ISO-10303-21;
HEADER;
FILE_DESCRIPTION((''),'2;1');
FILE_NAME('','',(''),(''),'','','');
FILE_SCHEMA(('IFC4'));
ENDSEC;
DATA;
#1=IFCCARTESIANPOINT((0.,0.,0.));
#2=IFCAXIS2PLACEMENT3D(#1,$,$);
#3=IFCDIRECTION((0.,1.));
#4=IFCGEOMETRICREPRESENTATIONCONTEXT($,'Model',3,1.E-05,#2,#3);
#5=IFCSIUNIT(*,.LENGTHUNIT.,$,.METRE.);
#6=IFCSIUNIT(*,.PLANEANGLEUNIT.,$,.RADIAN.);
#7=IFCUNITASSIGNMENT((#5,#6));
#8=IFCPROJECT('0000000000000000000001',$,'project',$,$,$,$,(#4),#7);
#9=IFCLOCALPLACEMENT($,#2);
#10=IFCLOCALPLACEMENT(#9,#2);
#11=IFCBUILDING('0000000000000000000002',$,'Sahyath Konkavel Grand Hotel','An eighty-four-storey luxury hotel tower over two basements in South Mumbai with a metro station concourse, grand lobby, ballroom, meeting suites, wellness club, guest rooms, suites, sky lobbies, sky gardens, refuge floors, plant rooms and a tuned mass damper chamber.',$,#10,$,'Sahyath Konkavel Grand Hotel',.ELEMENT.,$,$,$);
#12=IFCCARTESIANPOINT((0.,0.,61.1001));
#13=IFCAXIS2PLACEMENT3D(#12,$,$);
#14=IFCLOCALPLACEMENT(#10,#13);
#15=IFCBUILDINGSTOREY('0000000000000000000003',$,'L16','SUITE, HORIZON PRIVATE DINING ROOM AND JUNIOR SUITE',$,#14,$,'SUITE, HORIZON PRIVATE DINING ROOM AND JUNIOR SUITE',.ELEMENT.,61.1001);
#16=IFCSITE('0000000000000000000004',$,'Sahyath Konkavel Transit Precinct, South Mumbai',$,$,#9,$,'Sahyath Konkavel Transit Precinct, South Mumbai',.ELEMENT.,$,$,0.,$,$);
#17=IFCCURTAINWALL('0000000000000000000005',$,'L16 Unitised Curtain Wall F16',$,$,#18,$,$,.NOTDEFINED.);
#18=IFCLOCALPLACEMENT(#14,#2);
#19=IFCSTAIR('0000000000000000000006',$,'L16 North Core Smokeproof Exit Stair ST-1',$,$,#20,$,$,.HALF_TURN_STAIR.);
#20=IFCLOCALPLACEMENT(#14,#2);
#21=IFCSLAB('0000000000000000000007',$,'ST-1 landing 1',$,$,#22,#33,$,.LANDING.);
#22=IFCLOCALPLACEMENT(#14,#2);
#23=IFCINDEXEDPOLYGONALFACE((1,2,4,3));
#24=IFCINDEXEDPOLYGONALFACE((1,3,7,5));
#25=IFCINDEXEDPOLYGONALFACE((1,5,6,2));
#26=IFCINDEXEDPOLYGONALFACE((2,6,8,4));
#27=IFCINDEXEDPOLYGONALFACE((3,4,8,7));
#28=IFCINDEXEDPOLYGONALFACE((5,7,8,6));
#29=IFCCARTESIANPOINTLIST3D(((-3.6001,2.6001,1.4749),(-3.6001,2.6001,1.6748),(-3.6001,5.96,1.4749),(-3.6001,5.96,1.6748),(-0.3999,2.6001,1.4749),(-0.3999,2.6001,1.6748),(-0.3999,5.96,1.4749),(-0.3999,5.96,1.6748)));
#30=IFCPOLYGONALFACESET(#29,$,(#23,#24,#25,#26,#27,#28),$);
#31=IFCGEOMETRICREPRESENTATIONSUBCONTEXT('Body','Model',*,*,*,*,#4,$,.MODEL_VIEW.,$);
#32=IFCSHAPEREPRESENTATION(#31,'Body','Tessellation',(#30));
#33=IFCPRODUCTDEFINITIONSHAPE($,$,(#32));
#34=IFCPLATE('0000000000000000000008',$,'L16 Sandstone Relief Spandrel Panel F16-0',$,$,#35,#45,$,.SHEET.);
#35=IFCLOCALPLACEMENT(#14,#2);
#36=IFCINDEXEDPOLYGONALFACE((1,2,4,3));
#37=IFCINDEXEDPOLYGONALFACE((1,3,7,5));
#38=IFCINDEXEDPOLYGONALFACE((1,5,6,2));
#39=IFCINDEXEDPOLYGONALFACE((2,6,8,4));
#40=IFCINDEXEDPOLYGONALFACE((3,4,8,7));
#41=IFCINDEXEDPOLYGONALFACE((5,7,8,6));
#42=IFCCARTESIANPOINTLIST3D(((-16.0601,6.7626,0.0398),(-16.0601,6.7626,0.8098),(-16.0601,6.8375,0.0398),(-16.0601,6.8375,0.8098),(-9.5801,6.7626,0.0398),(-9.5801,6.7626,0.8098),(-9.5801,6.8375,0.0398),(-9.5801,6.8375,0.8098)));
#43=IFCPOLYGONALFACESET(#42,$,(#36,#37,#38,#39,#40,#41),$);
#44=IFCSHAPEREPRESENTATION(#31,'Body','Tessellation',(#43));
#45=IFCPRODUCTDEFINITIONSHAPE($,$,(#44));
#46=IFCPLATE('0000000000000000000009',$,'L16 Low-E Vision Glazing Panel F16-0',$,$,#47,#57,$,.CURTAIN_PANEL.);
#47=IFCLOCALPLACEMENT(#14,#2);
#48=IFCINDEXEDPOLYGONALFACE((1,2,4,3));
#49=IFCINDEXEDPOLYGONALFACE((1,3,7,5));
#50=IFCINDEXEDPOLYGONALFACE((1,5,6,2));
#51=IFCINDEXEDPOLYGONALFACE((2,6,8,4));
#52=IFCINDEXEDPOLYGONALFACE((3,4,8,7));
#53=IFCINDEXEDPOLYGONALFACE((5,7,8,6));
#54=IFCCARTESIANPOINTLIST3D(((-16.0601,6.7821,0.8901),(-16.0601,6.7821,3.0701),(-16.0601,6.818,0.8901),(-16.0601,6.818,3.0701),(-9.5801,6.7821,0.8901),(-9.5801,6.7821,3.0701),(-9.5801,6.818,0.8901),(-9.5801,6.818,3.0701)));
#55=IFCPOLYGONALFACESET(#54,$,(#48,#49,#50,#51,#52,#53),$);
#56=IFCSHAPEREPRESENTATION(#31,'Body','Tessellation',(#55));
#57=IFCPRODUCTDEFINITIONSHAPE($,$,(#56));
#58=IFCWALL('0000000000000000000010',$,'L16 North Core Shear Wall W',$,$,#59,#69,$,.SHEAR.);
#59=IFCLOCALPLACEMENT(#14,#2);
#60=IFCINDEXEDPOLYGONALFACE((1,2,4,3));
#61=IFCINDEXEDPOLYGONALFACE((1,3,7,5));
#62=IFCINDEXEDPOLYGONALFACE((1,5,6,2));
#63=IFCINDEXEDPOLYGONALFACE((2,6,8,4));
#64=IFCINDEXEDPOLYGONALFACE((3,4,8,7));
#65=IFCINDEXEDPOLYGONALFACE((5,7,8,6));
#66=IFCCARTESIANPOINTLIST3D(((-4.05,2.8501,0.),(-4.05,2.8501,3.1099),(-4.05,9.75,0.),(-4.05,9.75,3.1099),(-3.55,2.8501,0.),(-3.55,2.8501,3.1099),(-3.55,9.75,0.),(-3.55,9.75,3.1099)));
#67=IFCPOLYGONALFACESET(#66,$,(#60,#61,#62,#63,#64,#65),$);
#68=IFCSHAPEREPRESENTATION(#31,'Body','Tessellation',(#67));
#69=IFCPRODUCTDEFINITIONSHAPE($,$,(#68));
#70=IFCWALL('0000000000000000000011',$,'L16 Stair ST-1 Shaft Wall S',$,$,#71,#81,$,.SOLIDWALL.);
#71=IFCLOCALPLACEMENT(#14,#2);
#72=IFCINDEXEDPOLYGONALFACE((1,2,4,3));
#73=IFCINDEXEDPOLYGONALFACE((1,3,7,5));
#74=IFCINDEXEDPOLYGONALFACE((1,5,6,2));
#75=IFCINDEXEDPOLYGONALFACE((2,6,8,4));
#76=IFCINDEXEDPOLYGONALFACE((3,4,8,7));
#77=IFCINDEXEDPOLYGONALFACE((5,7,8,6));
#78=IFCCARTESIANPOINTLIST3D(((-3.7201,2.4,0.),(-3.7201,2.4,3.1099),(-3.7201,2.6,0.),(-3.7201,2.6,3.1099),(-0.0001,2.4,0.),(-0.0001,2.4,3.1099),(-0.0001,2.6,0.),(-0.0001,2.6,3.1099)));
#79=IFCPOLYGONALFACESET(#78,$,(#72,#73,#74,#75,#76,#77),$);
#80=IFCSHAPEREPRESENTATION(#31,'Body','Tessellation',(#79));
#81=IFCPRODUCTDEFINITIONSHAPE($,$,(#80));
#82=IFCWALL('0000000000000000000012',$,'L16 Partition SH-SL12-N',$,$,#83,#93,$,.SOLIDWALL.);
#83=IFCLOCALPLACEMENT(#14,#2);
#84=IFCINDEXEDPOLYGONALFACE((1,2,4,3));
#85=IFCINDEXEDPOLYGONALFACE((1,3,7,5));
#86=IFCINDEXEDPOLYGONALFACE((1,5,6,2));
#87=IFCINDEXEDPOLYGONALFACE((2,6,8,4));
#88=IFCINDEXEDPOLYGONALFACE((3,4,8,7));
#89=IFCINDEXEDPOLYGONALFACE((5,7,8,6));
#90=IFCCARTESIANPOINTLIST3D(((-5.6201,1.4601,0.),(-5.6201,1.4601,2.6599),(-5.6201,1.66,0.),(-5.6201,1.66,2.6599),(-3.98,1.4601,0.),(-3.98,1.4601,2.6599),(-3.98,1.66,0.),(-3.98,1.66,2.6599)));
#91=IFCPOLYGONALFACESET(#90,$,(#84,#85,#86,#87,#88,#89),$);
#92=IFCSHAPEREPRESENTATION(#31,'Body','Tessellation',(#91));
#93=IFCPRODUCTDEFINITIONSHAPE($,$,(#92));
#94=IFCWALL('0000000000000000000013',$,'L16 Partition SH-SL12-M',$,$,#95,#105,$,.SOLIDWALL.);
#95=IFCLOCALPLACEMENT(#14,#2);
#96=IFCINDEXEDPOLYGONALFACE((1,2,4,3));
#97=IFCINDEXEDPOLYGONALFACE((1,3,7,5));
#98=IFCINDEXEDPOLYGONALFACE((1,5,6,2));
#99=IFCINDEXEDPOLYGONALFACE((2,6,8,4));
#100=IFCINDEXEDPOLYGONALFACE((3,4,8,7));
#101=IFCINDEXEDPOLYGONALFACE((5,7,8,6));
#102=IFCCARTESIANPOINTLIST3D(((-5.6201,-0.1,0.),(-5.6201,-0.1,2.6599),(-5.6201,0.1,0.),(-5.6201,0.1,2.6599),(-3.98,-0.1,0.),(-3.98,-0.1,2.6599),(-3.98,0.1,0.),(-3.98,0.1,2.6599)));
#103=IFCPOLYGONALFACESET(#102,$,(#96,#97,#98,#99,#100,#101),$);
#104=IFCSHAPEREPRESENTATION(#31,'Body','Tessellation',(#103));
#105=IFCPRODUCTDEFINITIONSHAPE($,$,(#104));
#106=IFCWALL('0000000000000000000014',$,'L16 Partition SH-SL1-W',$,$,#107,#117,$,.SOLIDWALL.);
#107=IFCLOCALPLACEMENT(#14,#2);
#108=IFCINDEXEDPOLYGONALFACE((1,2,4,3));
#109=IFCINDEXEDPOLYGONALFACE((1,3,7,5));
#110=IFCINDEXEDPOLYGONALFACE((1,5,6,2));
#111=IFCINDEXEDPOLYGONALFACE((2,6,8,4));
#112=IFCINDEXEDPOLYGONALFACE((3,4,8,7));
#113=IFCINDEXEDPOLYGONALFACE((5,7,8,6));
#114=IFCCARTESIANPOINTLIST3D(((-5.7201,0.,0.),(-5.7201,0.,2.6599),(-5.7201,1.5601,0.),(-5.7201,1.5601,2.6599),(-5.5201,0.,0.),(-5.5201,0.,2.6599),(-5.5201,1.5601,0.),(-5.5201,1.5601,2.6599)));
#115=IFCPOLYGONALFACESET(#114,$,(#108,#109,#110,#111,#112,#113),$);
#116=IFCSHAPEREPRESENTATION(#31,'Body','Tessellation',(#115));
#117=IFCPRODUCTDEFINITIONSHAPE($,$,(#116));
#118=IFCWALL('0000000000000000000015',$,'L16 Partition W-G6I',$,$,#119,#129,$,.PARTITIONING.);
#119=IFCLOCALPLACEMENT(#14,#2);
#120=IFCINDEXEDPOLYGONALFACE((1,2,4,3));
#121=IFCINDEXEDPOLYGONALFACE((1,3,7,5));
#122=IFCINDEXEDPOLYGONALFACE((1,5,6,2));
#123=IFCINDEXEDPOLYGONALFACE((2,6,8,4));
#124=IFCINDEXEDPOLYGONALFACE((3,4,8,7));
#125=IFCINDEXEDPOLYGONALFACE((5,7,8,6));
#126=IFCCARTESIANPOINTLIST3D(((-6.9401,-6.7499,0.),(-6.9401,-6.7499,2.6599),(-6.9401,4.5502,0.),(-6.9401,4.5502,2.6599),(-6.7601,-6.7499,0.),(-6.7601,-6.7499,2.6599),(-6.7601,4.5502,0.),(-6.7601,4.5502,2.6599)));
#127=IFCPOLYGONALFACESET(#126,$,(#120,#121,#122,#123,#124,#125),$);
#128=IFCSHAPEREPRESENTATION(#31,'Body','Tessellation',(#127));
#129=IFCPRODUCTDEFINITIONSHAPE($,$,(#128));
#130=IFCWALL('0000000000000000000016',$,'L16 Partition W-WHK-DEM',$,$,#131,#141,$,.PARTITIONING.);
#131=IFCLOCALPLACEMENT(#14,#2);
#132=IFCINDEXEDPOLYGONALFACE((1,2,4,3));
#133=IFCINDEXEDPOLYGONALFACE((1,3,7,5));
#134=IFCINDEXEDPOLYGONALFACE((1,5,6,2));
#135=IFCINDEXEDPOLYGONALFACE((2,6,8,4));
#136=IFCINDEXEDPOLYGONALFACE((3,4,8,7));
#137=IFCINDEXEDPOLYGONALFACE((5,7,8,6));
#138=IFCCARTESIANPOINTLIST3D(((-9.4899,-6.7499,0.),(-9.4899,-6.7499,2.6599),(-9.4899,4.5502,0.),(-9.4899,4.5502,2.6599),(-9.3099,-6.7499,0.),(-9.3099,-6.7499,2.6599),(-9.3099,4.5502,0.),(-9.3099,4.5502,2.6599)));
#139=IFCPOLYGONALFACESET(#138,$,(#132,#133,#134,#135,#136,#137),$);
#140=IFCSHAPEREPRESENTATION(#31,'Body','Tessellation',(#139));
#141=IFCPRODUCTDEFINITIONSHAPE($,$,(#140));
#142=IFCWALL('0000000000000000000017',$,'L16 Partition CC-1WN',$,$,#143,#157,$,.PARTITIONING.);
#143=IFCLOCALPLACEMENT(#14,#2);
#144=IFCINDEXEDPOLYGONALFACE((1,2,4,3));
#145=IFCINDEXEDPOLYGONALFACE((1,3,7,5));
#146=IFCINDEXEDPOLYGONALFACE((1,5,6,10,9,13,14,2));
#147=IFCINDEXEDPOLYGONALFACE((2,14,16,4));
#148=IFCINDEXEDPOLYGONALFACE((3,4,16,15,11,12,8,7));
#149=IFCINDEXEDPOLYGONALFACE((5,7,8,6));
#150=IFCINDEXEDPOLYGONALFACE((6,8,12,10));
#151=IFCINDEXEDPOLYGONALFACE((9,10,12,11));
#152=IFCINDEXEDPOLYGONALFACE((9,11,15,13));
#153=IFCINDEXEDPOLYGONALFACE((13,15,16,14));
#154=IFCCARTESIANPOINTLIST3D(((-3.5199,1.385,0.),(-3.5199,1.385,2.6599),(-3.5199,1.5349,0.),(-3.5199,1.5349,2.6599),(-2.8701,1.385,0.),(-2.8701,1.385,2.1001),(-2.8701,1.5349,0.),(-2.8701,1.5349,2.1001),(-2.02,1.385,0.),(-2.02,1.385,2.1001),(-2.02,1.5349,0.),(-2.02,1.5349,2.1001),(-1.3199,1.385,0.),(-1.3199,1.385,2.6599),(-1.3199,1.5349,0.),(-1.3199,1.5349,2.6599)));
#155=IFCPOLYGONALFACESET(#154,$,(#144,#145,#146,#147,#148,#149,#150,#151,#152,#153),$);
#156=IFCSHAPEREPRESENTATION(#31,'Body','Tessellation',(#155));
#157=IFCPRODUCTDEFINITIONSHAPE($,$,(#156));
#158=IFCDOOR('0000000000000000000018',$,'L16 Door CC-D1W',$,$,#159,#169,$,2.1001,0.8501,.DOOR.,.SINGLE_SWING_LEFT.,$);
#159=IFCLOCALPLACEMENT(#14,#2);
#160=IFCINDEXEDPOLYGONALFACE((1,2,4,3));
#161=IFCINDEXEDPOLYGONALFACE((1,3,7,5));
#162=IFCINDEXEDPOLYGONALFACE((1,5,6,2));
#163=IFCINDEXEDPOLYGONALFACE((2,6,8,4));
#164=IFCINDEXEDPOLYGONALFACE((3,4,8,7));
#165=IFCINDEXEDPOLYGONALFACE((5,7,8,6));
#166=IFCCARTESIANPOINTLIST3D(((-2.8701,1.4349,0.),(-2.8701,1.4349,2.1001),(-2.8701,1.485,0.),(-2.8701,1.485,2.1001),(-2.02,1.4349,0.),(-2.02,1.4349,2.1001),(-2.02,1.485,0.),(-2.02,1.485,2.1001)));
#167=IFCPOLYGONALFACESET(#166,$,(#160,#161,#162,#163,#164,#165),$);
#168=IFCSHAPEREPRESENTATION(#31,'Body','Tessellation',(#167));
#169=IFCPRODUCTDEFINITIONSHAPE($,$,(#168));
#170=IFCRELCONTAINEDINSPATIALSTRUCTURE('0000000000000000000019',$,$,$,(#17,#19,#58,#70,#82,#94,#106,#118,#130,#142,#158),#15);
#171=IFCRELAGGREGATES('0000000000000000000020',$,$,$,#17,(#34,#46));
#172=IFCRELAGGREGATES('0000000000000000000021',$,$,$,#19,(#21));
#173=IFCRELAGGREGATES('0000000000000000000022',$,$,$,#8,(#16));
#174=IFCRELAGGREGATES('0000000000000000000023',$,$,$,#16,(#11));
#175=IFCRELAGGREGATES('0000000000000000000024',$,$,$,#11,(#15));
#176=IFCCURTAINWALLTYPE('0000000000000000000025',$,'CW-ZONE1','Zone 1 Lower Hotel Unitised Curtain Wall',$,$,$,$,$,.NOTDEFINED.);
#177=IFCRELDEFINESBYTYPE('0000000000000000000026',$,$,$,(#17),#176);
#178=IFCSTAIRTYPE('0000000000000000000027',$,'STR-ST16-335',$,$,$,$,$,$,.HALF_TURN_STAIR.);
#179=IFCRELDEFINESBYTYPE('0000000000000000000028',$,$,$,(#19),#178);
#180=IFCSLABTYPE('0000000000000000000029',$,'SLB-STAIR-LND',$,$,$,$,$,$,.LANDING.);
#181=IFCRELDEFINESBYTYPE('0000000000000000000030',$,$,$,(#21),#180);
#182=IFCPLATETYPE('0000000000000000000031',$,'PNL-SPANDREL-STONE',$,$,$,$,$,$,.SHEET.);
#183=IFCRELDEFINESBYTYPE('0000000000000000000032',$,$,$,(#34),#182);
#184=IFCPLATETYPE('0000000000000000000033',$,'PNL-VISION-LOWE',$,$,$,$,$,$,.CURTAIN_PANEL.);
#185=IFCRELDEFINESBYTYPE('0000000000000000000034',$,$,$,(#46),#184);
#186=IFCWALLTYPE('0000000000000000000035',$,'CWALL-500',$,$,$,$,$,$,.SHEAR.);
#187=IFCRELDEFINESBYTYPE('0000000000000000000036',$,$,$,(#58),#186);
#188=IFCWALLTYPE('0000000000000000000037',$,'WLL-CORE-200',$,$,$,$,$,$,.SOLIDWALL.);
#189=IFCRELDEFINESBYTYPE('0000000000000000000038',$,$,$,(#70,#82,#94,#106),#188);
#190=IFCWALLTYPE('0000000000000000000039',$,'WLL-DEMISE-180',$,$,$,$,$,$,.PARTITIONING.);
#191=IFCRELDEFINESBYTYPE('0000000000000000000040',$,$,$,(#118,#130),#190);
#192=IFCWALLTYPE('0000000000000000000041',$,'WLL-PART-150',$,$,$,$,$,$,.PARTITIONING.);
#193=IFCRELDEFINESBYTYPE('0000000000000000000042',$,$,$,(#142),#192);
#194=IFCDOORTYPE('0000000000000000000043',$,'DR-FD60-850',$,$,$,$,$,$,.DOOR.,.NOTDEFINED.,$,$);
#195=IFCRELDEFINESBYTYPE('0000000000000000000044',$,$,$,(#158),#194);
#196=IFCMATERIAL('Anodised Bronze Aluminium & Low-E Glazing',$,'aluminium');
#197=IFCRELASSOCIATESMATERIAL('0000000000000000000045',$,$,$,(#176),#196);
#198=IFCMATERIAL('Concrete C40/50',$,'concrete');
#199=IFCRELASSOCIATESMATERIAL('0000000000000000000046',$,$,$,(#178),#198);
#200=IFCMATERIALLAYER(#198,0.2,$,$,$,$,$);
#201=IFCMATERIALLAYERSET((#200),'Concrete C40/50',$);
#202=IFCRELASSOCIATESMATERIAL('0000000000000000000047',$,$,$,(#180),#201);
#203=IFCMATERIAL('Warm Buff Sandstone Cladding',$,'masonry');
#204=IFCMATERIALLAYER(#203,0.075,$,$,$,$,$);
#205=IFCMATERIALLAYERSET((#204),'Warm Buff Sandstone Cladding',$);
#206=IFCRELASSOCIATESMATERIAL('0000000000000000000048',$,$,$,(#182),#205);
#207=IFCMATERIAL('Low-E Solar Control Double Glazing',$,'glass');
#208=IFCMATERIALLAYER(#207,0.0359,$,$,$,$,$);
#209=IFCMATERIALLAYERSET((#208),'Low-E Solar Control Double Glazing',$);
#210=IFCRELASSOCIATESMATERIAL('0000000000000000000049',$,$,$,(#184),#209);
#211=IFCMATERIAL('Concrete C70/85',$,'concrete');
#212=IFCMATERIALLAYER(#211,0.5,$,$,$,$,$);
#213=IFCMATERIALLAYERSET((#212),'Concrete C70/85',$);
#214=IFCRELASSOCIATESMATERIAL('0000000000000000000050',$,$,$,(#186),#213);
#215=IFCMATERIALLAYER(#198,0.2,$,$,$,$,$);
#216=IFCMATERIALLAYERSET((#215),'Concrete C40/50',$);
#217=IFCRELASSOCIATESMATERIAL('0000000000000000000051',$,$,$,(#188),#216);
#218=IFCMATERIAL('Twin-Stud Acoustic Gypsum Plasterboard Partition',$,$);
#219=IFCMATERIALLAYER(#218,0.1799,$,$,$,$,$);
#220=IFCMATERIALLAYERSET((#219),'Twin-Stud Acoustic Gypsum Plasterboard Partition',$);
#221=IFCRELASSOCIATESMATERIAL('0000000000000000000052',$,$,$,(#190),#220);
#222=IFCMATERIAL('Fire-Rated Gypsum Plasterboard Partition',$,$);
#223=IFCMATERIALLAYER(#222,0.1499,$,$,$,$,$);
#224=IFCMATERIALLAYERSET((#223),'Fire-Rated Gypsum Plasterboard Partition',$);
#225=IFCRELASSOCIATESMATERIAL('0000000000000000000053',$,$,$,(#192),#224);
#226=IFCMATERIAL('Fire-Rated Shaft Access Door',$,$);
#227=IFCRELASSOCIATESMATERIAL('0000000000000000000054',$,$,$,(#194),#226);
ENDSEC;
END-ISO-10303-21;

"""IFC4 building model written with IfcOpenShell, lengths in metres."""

from ifc_helpers import new_model, si_unit, direction, frame, frame_2d, origin, origin_2d, place, context, subcontext, project, spatial, polyline, rectangle, outline, extrude, source, transform, mapped, material, layer, layer_set, type_object, element, fill, aggregate, save


model = new_model("IFC4")

# Units and contexts
model_context = context("Model", 3, precision=1e-05, world=origin(), true_north=direction((0.0, 1.0)))
body_context = subcontext(model_context, "Body", "Model", "MODEL_VIEW")
ifc_project = project(units=[si_unit("LENGTHUNIT", "METRE"), si_unit("PLANEANGLEUNIT", "RADIAN")], contexts=[model_context])

# Site, building, storey
site_placement = place(None, origin())
site = spatial("IfcSite", under=ifc_project, at=site_placement, Name="Sahyath Konkavel Transit Precinct, South Mumbai", LongName="Sahyath Konkavel Transit Precinct, South Mumbai", CompositionType="ELEMENT", RefElevation=0.0)
building_placement = place(site_placement, origin())
building = spatial("IfcBuilding", under=site, at=building_placement, Name="Sahyath Konkavel Grand Hotel", Description="An eighty-four-storey luxury hotel tower over two basements in South Mumbai with a metro station concourse, grand lobby, ballroom, meeting suites, wellness club, guest rooms, suites, sky lobbies, sky gardens, refuge floors, plant rooms and a tuned mass damper chamber.", LongName="Sahyath Konkavel Grand Hotel", CompositionType="ELEMENT")
storey_placement = place(building_placement, frame((0.0, 0.0, 61.1001)))
storey = spatial("IfcBuildingStorey", under=building, at=storey_placement, Name="L16", Description="SUITE, HORIZON PRIVATE DINING ROOM AND JUNIOR SUITE", LongName="SUITE, HORIZON PRIVATE DINING ROOM AND JUNIOR SUITE", CompositionType="ELEMENT", Elevation=61.1001)

# Shared definitions
ifc_material_1 = material(Name="Concrete C70/85", Category="concrete")

# Curtain wall
ifc_material_2 = material(Name="Anodised Bronze Aluminium & Low-E Glazing", Category="aluminium")
curtain_wall_type = type_object("IfcCurtainWallType", Name="CW-ZONE1", Description="Zone 1 Lower Hotel Unitised Curtain Wall", PredefinedType="NOTDEFINED", material=ifc_material_2)
curtain_wall_placement = place(storey_placement, origin())
curtain_wall = element("IfcCurtainWall", 1, at=curtain_wall_placement, inside=storey, type_object=curtain_wall_type, Name="L16 Unitised Curtain Wall F16", PredefinedType="NOTDEFINED")

# Shared definitions
ifc_material_3 = material(Name="Concrete C40/50", Category="concrete")

# Stair, slab
stair_type = type_object("IfcStairType", Name="STR-ST16-335", PredefinedType="HALF_TURN_STAIR", material=ifc_material_3)
stair_placement = place(storey_placement, origin())
stair = element("IfcStair", 2, at=stair_placement, inside=storey, type_object=stair_type, Name="L16 North Core Smokeproof Exit Stair ST-1", PredefinedType="HALF_TURN_STAIR")
ifc_layer_1 = layer(ifc_material_3, 0.2)
ifc_layer_set_1 = layer_set([ifc_layer_1], Name="Concrete C40/50")
slab_type_1 = type_object("IfcSlabType", Name="SLB-STAIR-LND", PredefinedType="LANDING", material=ifc_layer_set_1)
slab_1_placement = place(storey_placement, frame((0.0, 0.0, 1.4749)))
slab_1 = element("IfcSlab", 3, at=slab_1_placement, type_object=slab_type_1, Name="ST-1 landing 1", PredefinedType="LANDING", context=body_context, shape_type="SweptSolid", body=[
    extrude(outline(polyline([(-3.6001, 5.96), (-3.6001, 2.6001), (-0.3999, 2.6001), (-0.3999, 5.96), (-3.6001, 5.96)])), origin(), (0.0, 0.0, 1.0), 0.2),
])

# Plates
ifc_material_4 = material(Name="Warm Buff Sandstone Cladding", Category="masonry")
ifc_layer_2 = layer(ifc_material_4, 0.075)
ifc_layer_set_2 = layer_set([ifc_layer_2], Name="Warm Buff Sandstone Cladding")
plate_type_1 = type_object("IfcPlateType", Name="PNL-SPANDREL-STONE", PredefinedType="SHEET", material=ifc_layer_set_2)
shared_shape_1 = source(origin(), body_context, "Body", "SweptSolid", [
    extrude(rectangle(XDim=6.48, YDim=0.075, at=origin_2d()), origin(), (0.0, 0.0, 1.0), 0.77),
])
plate_1_placement = place(storey_placement, frame((-12.8201, 6.8, 0.0398), z_axis=(0.0, 0.0, 1.0), x_axis=(-1.0, 0.0, 0.0)))
plate_1 = element("IfcPlate", 4, at=plate_1_placement, type_object=plate_type_1, Name="L16 Sandstone Relief Spandrel Panel F16-0", PredefinedType="SHEET", context=body_context, shape_type="MappedRepresentation", body=[
    mapped(shared_shape_1, transform((0.0, 0.0, 0.0), scale=1.0)),
])
ifc_material_5 = material(Name="Low-E Solar Control Double Glazing", Category="glass")
ifc_layer_3 = layer(ifc_material_5, 0.0359)
ifc_layer_set_3 = layer_set([ifc_layer_3], Name="Low-E Solar Control Double Glazing")
plate_type_2 = type_object("IfcPlateType", Name="PNL-VISION-LOWE", PredefinedType="CURTAIN_PANEL", material=ifc_layer_set_3)
shared_shape_2 = source(origin(), body_context, "Body", "SweptSolid", [
    extrude(rectangle(XDim=6.48, YDim=0.0359, at=origin_2d()), origin(), (0.0, 0.0, 1.0), 2.1799),
])
plate_2_placement = place(storey_placement, frame((-12.8201, 6.8, 0.8901), z_axis=(0.0, 0.0, 1.0), x_axis=(-1.0, 0.0, 0.0)))
plate_2 = element("IfcPlate", 5, at=plate_2_placement, type_object=plate_type_2, Name="L16 Low-E Vision Glazing Panel F16-0", PredefinedType="CURTAIN_PANEL", context=body_context, shape_type="MappedRepresentation", body=[
    mapped(shared_shape_2, transform((0.0, 0.0, 0.0), scale=1.0)),
])
aggregate(curtain_wall, [plate_1, plate_2])

# Walls
ifc_layer_4 = layer(ifc_material_1, 0.5)
ifc_layer_set_4 = layer_set([ifc_layer_4], Name="Concrete C70/85")
wall_type_1 = type_object("IfcWallType", Name="CWALL-500", PredefinedType="SHEAR", material=ifc_layer_set_4)
wall_1_placement = place(storey_placement, frame((-3.8, 2.8501, 0.0), z_axis=(0.0, 0.0, 1.0), x_axis=(0.0, 1.0, 0.0)))
element("IfcWall", 6, at=wall_1_placement, inside=storey, type_object=wall_type_1, Name="L16 North Core Shear Wall W", PredefinedType="SHEAR", context=body_context, shape_type="SweptSolid", body=[
    extrude(rectangle(XDim=6.8999, YDim=0.5, at=frame_2d((3.45, 0.0))), origin(), (0.0, 0.0, 1.0), 3.1099),
])
ifc_layer_5 = layer(ifc_material_3, 0.2)
ifc_layer_set_5 = layer_set([ifc_layer_5], Name="Concrete C40/50")
wall_type_2 = type_object("IfcWallType", Name="WLL-CORE-200", PredefinedType="SOLIDWALL", material=ifc_layer_set_5)
wall_2_placement = place(storey_placement, frame((-3.72, 2.5, 0.0), z_axis=(0.0, 0.0, 1.0), x_axis=(1.0, 0.0, 0.0)))
element("IfcWall", 7, at=wall_2_placement, inside=storey, type_object=wall_type_2, Name="L16 Stair ST-1 Shaft Wall S", PredefinedType="SOLIDWALL", context=body_context, shape_type="SweptSolid", body=[
    extrude(rectangle(XDim=3.72, YDim=0.2, at=frame_2d((1.8599, 0.0))), origin(), (0.0, 0.0, 1.0), 3.1099),
])
for number, where, z_axis, x_axis, name in (
    (8, (-5.6201, 1.5601, 0.0), (0.0, 0.0, 1.0), (1.0, 0.0, 0.0), "L16 Partition SH-SL12-N"),
    (9, (-5.6201, 0.0, 0.0), (0.0, 0.0, 1.0), (1.0, 0.0, 0.0), "L16 Partition SH-SL12-M"),
):
    element("IfcWall", number, at=place(storey_placement, frame(where, z_axis=z_axis, x_axis=x_axis)), inside=storey, type_object=wall_type_2, Name=name, PredefinedType="SOLIDWALL", context=body_context, shape_type="SweptSolid", body=[
        extrude(rectangle(XDim=1.6401, YDim=0.2, at=frame_2d((0.8201, 0.0))), origin(), (0.0, 0.0, 1.0), 2.6599),
    ])
wall_3_placement = place(storey_placement, frame((-5.6201, 0.0, 0.0), z_axis=(0.0, 0.0, 1.0), x_axis=(0.0, 1.0, 0.0)))
element("IfcWall", 10, at=wall_3_placement, inside=storey, type_object=wall_type_2, Name="L16 Partition SH-SL1-W", PredefinedType="SOLIDWALL", context=body_context, shape_type="SweptSolid", body=[
    extrude(rectangle(XDim=1.5601, YDim=0.2, at=frame_2d((0.78, 0.0))), origin(), (0.0, 0.0, 1.0), 2.6599),
])
ifc_material_6 = material(Name="Twin-Stud Acoustic Gypsum Plasterboard Partition")
ifc_layer_6 = layer(ifc_material_6, 0.1799)
ifc_layer_set_6 = layer_set([ifc_layer_6], Name="Twin-Stud Acoustic Gypsum Plasterboard Partition")
wall_type_3 = type_object("IfcWallType", Name="WLL-DEMISE-180", PredefinedType="PARTITIONING", material=ifc_layer_set_6)
for number, where, z_axis, x_axis, name in (
    (11, (-6.8501, 4.55, 0.0), (0.0, 0.0, 1.0), (0.0, -1.0, 0.0), "L16 Partition W-G6I"),
    (12, (-9.3999, 4.55, 0.0), (0.0, 0.0, 1.0), (0.0, -1.0, 0.0), "L16 Partition W-WHK-DEM"),
):
    element("IfcWall", number, at=place(storey_placement, frame(where, z_axis=z_axis, x_axis=x_axis)), inside=storey, type_object=wall_type_3, Name=name, PredefinedType="PARTITIONING", context=body_context, shape_type="SweptSolid", body=[
        extrude(rectangle(XDim=11.3, YDim=0.1799, at=frame_2d((5.6499, 0.0))), origin(), (0.0, 0.0, 1.0), 2.6599),
    ])

# Wall, opening, door
ifc_material_7 = material(Name="Fire-Rated Gypsum Plasterboard Partition")
ifc_layer_7 = layer(ifc_material_7, 0.1499)
ifc_layer_set_7 = layer_set([ifc_layer_7], Name="Fire-Rated Gypsum Plasterboard Partition")
wall_type_4 = type_object("IfcWallType", Name="WLL-PART-150", PredefinedType="PARTITIONING", material=ifc_layer_set_7)
wall_4_placement = place(storey_placement, frame((-3.52, 1.46, 0.0), z_axis=(0.0, 0.0, 1.0), x_axis=(1.0, 0.0, 0.0)))
wall_4 = element("IfcWall", 13, at=wall_4_placement, inside=storey, type_object=wall_type_4, Name="L16 Partition CC-1WN", PredefinedType="PARTITIONING", context=body_context, shape_type="SweptSolid", body=[
    extrude(rectangle(XDim=2.2, YDim=0.1499, at=frame_2d((1.1001, 0.0))), origin(), (0.0, 0.0, 1.0), 2.6599),
])
opening_1_placement = place(wall_4_placement, frame((0.6499, 0.0, 0.0)))
opening_1 = element("IfcOpeningElement", 14, at=opening_1_placement, cuts=wall_4, PredefinedType="OPENING", context=body_context, shape_type="SweptSolid", body=[
    extrude(rectangle(XDim=0.8501, YDim=2.1001, at=frame_2d((0.425, 1.05))), frame((0.0, 0.085, 0.0), z_axis=(0.0, -1.0, 0.0), x_axis=(1.0, 0.0, 0.0)), (0.0, 0.0, 1.0), 0.1699),
])
ifc_material_8 = material(Name="Fire-Rated Shaft Access Door")
door_type = type_object("IfcDoorType", Name="DR-FD60-850", OperationType="NOTDEFINED", PredefinedType="DOOR", material=ifc_material_8)
shared_shape_3 = source(origin(), body_context, "Body", "SweptSolid", [
    extrude(rectangle(XDim=0.8501, YDim=0.05, at=origin_2d()), origin(), (0.0, 0.0, 1.0), 2.1001),
])
door_1_placement = place(opening_1_placement, frame((0.425, 0.0, 0.0)))
door_1 = element("IfcDoor", 15, at=door_1_placement, inside=storey, type_object=door_type, Name="L16 Door CC-D1W", OperationType="SINGLE_SWING_LEFT", OverallHeight=2.1001, OverallWidth=0.8501, PredefinedType="DOOR", context=body_context, shape_type="MappedRepresentation", body=[
    mapped(shared_shape_3, transform((0.0, 0.0, 0.0), scale=1.0)),
])
fill(opening_1, door_1)

aggregate(stair, [slab_1])

save(model, "model.ifc")
